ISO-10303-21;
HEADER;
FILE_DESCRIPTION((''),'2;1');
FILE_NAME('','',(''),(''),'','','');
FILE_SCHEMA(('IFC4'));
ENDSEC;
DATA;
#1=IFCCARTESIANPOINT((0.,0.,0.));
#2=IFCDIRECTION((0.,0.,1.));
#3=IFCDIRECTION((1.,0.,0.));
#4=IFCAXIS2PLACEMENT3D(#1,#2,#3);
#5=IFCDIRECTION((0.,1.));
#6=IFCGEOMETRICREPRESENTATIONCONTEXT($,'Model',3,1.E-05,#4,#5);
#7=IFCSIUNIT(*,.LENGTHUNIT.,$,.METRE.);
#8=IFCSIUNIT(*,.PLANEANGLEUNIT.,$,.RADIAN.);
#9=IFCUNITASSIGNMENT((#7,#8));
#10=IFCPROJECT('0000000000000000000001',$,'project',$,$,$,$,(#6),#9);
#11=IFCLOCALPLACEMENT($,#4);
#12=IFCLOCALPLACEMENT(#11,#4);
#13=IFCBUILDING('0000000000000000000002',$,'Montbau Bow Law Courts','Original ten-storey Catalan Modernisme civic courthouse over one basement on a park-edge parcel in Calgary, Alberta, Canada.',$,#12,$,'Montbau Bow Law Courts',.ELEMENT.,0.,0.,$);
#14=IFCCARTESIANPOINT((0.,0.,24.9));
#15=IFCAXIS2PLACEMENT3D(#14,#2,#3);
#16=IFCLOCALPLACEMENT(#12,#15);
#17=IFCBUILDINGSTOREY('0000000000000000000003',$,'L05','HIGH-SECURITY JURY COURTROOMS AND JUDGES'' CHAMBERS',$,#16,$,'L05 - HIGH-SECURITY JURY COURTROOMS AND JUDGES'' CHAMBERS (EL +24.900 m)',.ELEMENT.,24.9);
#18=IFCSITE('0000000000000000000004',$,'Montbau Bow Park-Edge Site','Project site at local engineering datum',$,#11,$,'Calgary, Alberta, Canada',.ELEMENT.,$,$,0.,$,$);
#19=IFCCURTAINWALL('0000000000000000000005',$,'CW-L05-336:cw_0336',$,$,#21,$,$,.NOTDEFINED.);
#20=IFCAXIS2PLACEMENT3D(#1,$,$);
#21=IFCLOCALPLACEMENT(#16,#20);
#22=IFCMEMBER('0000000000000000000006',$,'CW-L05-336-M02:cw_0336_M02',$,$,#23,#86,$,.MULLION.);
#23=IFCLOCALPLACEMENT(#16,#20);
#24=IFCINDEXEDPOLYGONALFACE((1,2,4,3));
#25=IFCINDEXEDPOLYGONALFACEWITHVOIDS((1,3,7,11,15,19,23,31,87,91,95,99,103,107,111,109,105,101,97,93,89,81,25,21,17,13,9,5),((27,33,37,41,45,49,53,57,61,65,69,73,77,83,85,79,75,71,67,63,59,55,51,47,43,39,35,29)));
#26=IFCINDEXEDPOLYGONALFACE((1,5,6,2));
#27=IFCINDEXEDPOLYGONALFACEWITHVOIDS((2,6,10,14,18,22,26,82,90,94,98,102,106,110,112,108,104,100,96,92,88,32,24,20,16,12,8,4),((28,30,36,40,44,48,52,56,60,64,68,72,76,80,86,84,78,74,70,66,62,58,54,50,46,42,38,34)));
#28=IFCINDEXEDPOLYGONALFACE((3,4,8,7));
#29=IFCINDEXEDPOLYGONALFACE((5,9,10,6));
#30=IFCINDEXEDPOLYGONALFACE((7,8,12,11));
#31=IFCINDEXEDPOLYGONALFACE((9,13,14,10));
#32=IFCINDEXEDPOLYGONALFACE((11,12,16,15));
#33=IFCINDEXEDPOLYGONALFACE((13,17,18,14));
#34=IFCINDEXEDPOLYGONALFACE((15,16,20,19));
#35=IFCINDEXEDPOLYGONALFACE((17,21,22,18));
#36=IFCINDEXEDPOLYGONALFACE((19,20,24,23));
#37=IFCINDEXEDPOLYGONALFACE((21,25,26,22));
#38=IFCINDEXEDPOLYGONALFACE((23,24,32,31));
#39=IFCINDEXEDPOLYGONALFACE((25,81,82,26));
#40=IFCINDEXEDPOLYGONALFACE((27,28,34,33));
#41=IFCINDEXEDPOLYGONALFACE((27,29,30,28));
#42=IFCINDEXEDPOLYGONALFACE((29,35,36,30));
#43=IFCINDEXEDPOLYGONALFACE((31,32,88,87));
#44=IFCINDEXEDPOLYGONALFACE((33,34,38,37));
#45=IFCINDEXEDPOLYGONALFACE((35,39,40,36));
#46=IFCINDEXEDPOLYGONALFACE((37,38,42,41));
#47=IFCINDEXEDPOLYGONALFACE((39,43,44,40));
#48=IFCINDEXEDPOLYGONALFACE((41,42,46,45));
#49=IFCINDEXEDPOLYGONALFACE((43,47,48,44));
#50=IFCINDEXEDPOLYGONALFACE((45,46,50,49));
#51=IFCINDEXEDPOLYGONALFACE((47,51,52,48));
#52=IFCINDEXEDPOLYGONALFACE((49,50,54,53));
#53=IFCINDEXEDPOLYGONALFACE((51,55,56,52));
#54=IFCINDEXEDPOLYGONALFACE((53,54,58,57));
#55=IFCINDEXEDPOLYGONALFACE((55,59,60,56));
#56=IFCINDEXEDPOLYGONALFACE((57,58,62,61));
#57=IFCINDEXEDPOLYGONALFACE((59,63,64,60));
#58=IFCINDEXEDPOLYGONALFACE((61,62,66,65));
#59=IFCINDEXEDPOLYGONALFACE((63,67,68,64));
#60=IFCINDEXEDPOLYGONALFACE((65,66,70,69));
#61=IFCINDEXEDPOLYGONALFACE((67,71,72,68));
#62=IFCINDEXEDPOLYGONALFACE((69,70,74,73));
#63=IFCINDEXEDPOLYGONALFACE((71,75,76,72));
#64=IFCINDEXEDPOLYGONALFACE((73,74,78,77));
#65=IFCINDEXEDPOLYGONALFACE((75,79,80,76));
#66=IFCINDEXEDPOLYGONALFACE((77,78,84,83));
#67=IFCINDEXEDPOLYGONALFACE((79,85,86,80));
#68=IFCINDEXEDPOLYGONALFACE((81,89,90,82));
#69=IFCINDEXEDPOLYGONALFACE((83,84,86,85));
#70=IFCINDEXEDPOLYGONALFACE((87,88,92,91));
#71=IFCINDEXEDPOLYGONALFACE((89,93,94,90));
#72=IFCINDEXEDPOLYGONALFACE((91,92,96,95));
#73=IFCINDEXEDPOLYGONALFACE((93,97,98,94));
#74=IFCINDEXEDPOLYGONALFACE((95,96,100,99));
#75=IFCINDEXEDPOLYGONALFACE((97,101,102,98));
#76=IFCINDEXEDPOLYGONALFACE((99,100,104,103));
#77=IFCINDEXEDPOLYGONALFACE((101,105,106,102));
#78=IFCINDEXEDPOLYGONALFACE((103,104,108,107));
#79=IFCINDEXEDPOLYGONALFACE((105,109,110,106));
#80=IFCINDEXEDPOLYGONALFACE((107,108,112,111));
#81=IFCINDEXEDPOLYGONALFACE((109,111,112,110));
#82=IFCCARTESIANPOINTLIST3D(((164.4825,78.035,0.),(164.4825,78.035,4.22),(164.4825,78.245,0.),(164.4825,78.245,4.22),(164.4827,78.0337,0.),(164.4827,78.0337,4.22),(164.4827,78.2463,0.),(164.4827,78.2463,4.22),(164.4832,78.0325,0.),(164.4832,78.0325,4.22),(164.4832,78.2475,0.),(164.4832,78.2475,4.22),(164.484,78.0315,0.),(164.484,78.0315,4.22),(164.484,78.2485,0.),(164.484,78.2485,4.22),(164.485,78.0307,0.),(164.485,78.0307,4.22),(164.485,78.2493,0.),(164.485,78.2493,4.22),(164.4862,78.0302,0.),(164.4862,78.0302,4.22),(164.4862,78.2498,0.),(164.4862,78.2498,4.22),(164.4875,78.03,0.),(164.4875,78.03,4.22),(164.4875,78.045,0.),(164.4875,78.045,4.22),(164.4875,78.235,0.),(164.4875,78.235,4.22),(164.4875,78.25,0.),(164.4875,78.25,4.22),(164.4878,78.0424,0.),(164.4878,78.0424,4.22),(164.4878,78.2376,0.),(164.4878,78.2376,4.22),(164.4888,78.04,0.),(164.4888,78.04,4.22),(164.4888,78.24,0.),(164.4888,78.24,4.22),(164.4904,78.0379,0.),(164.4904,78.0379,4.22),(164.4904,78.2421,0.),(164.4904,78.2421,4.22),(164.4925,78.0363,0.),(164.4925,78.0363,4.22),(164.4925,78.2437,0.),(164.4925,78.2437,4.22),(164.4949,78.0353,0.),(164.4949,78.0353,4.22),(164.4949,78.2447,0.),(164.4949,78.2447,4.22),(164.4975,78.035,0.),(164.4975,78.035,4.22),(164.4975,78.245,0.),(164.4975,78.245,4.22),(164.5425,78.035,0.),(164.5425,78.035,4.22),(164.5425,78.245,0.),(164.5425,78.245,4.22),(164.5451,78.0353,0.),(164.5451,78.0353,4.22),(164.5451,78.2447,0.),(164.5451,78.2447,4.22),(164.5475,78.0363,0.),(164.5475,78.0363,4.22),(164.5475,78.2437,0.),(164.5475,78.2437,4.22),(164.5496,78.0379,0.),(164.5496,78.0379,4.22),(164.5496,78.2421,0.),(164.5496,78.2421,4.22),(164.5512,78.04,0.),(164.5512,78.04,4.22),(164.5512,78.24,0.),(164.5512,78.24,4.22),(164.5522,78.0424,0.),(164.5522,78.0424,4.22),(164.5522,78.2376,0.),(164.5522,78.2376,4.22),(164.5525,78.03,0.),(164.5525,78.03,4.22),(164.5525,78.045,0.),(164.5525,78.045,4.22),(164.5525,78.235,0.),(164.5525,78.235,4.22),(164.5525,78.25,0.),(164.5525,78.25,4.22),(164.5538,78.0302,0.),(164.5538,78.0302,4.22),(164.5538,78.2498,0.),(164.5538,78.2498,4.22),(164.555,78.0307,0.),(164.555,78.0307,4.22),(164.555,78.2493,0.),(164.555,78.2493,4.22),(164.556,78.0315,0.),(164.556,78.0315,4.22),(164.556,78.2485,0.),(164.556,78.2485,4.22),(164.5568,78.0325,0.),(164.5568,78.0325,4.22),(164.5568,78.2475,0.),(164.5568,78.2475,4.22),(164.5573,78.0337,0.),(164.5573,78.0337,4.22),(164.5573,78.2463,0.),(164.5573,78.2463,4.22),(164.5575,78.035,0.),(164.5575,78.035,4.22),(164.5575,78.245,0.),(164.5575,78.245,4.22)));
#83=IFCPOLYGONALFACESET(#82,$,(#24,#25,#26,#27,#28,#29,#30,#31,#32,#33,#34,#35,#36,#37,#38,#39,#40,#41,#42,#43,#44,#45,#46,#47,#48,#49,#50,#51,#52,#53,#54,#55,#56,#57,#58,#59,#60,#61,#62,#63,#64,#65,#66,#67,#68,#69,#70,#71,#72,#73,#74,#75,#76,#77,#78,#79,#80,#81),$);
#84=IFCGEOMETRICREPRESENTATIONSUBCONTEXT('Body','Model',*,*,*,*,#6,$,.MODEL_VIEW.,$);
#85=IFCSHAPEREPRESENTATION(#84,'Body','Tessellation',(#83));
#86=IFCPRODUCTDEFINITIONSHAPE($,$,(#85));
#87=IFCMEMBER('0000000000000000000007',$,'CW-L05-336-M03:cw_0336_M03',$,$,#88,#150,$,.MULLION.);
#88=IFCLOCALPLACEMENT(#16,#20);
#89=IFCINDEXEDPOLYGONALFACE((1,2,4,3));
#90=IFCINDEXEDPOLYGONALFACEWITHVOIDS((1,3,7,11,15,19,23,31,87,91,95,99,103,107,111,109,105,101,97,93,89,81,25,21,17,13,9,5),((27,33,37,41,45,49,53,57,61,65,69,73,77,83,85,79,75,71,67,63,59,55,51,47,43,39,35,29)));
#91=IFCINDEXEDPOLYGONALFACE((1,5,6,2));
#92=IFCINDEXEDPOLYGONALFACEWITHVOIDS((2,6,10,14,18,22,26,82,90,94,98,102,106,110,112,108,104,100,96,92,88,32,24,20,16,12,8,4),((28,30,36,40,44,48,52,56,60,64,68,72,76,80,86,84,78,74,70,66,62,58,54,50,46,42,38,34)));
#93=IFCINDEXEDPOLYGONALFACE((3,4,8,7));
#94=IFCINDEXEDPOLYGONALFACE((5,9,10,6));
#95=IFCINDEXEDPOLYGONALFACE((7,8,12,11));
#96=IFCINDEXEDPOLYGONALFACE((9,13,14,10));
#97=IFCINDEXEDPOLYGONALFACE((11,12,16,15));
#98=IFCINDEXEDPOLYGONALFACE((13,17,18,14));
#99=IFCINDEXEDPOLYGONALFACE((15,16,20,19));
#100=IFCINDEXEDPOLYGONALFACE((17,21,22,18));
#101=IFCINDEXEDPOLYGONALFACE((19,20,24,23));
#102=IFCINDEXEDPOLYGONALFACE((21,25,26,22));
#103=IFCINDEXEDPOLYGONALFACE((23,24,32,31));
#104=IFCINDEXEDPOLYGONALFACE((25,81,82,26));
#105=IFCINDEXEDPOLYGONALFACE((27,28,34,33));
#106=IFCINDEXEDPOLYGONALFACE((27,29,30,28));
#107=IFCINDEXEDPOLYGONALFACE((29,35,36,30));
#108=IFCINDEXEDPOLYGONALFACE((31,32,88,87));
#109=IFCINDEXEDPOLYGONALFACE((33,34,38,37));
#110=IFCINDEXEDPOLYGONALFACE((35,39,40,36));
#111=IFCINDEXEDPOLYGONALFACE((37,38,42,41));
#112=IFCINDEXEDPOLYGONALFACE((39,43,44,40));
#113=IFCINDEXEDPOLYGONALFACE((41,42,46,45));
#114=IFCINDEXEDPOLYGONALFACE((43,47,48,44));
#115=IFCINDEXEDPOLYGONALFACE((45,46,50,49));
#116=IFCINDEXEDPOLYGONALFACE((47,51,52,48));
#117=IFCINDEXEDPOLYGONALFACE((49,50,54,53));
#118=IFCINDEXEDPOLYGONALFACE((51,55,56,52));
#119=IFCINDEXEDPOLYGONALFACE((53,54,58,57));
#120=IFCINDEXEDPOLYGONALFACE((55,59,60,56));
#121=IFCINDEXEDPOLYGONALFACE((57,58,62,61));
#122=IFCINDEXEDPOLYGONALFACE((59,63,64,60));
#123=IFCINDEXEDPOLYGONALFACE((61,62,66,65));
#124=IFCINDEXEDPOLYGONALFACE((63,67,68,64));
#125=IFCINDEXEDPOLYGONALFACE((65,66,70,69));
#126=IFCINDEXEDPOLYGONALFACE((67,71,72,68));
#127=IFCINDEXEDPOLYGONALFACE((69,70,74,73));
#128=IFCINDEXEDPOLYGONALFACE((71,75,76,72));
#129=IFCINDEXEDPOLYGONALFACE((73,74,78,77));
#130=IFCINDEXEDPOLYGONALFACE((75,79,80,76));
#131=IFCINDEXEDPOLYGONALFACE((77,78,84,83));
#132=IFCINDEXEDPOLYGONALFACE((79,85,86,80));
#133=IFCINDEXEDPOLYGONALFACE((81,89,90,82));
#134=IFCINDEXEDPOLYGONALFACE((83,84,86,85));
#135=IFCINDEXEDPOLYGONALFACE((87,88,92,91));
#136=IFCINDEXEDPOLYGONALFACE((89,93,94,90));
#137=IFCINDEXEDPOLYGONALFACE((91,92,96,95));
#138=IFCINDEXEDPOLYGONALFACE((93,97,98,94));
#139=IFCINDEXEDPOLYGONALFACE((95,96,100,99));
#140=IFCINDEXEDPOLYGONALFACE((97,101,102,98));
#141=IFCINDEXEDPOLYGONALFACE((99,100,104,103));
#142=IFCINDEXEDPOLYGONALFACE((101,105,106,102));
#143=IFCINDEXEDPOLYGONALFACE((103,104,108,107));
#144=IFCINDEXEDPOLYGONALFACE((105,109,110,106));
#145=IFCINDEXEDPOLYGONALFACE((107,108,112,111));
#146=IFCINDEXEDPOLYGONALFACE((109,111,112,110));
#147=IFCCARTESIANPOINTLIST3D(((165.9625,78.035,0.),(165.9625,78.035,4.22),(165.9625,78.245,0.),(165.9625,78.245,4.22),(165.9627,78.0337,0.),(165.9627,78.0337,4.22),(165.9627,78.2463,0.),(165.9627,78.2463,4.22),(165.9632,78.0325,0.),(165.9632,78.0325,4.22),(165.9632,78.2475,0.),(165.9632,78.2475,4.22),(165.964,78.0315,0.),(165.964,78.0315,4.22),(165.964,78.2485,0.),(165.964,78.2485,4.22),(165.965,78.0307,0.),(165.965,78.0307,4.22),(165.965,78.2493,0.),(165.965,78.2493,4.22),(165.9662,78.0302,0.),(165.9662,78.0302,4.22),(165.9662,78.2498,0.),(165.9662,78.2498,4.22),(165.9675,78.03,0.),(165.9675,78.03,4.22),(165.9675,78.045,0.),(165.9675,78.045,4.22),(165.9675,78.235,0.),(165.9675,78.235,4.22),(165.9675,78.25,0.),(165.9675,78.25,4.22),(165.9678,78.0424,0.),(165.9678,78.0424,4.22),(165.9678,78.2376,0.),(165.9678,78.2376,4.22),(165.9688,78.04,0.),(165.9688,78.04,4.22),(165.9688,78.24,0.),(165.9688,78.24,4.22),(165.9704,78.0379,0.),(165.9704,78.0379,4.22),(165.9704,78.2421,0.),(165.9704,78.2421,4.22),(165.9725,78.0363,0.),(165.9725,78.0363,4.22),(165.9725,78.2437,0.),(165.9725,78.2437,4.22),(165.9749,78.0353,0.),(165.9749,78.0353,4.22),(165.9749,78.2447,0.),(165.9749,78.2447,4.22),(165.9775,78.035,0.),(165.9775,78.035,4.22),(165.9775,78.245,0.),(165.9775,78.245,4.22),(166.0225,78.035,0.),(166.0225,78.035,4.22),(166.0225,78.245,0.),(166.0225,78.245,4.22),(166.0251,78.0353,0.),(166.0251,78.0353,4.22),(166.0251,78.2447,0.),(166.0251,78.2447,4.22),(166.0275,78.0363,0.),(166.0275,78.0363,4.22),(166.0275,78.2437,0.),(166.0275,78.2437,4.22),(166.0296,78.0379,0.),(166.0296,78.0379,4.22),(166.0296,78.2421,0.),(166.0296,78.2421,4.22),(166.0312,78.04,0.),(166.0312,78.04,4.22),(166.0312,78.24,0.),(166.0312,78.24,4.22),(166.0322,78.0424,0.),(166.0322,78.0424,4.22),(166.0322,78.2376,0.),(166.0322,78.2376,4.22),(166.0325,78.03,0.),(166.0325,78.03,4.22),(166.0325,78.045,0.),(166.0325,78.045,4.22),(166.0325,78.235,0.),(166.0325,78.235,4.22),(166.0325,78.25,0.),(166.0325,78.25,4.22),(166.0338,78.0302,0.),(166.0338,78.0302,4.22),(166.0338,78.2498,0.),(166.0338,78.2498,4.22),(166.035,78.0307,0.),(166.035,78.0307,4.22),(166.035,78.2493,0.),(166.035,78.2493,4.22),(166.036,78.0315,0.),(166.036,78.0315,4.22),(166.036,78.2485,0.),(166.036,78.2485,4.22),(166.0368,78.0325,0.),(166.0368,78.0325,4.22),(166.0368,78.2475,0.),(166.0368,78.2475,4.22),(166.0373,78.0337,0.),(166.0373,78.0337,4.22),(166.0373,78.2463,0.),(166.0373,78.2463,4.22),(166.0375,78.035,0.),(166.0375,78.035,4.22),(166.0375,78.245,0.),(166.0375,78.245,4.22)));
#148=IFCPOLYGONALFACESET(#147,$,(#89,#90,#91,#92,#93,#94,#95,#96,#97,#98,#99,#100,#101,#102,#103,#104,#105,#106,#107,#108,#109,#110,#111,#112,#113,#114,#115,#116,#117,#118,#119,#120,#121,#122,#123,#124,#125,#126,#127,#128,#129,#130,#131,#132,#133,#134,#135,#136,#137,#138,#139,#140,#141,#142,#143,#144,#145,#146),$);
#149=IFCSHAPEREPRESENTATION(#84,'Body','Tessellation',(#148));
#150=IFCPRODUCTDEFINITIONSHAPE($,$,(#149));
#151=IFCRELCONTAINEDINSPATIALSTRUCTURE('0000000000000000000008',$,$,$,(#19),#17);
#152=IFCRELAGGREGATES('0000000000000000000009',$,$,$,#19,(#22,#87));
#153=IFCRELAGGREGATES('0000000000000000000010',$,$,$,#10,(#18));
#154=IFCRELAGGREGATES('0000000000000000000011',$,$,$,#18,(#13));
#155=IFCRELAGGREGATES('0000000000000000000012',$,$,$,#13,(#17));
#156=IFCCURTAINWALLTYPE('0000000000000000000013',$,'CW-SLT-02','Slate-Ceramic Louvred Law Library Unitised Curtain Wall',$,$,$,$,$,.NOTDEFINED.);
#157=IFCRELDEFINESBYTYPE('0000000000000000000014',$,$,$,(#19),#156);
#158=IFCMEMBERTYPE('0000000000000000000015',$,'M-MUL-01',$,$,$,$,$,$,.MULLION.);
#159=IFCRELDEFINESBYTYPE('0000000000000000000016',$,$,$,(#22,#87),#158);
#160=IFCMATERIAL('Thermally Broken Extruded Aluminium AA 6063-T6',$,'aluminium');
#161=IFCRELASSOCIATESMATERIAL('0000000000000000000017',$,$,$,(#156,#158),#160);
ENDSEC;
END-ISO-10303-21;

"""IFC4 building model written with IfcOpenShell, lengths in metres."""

from ifc_helpers import new_model, si_unit, direction, frame, origin_with_axes, origin_2d_with_axis, place, context, subcontext, project, spatial, hollow_rectangle, extrude, material, material_profile, profile_set, type_object, element, aggregate, save


model = new_model("IFC4")

# Units and contexts
model_context = context("Model", 3, precision=1e-05, world=origin_with_axes(), true_north=direction((0.0, 1.0)))
body_context = subcontext(model_context, "Body", "Model", "MODEL_VIEW")
ifc_project = project(units=[si_unit("LENGTHUNIT", "METRE"), si_unit("PLANEANGLEUNIT", "RADIAN")], contexts=[model_context])

# Site, building, storey
site_placement = place(None, origin_with_axes())
site = spatial("IfcSite", under=ifc_project, at=site_placement, Name="Montbau Bow Park-Edge Site", Description="Project site at local engineering datum", LongName="Calgary, Alberta, Canada", CompositionType="ELEMENT", RefElevation=0.0)
building_placement = place(site_placement, origin_with_axes())
building = spatial("IfcBuilding", under=site, at=building_placement, Name="Montbau Bow Law Courts", Description="Original ten-storey Catalan Modernisme civic courthouse over one basement on a park-edge parcel in Calgary, Alberta, Canada.", LongName="Montbau Bow Law Courts", CompositionType="ELEMENT", ElevationOfRefHeight=0.0, ElevationOfTerrain=0.0)
storey_placement = place(building_placement, frame((0.0, 0.0, 24.9), z_axis=(0.0, 0.0, 1.0), x_axis=(1.0, 0.0, 0.0)))
storey = spatial("IfcBuildingStorey", under=building, at=storey_placement, Name="L05", Description="HIGH-SECURITY JURY COURTROOMS AND JUDGES' CHAMBERS", LongName="L05 - HIGH-SECURITY JURY COURTROOMS AND JUDGES' CHAMBERS (EL +24.900 m)", CompositionType="ELEMENT", Elevation=24.9)

# Curtain wall, members
ifc_material_1 = material(Name="Thermally Broken Extruded Aluminium AA 6063-T6", Category="aluminium")
curtain_wall_type = type_object("IfcCurtainWallType", Name="CW-SLT-02", Description="Slate-Ceramic Louvred Law Library Unitised Curtain Wall", PredefinedType="NOTDEFINED", material=ifc_material_1)
curtain_wall_placement = place(None, frame((163.04, 78.14, 24.9), z_axis=(0.0, 0.0, 1.0), x_axis=(1.0, 0.0, 0.0)))
curtain_wall = element("IfcCurtainWall", 1, at=curtain_wall_placement, inside=storey, type_object=curtain_wall_type, Name="CW-L05-336:cw_0336", PredefinedType="NOTDEFINED")
ifc_material_profile_1 = material_profile(ifc_material_1, hollow_rectangle(XDim=0.075, YDim=0.22, WallThickness=0.005, InnerFilletRadius=0.01, OuterFilletRadius=0.005, at=origin_2d_with_axis()), Name="CWM-220X75", Category="Main", Priority=0)
ifc_profile_set_1 = profile_set([ifc_material_profile_1], Name="Thermally Broken Extruded Aluminium AA 6063-T6")
member_type_1 = type_object("IfcMemberType", Name="M-MUL-01", PredefinedType="MULLION", material=ifc_profile_set_1)
member_1_placement = place(None, frame((164.52, 78.14, 24.9), z_axis=(0.0, 0.0, 1.0), x_axis=(1.0, 0.0, 0.0)))
member_1 = element("IfcMember", 2, at=member_1_placement, type_object=member_type_1, Name="CW-L05-336-M02:cw_0336_M02", PredefinedType="MULLION", context=body_context, shape_type="SweptSolid", body=[
    extrude(hollow_rectangle(XDim=0.075, YDim=0.22, WallThickness=0.005, InnerFilletRadius=0.01, OuterFilletRadius=0.005, at=origin_2d_with_axis()), origin_with_axes(), (0.0, 0.0, 1.0), 4.22),
])
member_2_placement = place(None, frame((166.0, 78.14, 24.9), z_axis=(0.0, 0.0, 1.0), x_axis=(1.0, 0.0, 0.0)))
member_2 = element("IfcMember", 3, at=member_2_placement, type_object=member_type_1, Name="CW-L05-336-M03:cw_0336_M03", PredefinedType="MULLION", context=body_context, shape_type="SweptSolid", body=[
    extrude(hollow_rectangle(XDim=0.075, YDim=0.22, WallThickness=0.005, InnerFilletRadius=0.01, OuterFilletRadius=0.005, at=origin_2d_with_axis()), origin_with_axes(), (0.0, 0.0, 1.0), 4.22),
])
aggregate(curtain_wall, [member_1, member_2])

save(model, "model.ifc")
